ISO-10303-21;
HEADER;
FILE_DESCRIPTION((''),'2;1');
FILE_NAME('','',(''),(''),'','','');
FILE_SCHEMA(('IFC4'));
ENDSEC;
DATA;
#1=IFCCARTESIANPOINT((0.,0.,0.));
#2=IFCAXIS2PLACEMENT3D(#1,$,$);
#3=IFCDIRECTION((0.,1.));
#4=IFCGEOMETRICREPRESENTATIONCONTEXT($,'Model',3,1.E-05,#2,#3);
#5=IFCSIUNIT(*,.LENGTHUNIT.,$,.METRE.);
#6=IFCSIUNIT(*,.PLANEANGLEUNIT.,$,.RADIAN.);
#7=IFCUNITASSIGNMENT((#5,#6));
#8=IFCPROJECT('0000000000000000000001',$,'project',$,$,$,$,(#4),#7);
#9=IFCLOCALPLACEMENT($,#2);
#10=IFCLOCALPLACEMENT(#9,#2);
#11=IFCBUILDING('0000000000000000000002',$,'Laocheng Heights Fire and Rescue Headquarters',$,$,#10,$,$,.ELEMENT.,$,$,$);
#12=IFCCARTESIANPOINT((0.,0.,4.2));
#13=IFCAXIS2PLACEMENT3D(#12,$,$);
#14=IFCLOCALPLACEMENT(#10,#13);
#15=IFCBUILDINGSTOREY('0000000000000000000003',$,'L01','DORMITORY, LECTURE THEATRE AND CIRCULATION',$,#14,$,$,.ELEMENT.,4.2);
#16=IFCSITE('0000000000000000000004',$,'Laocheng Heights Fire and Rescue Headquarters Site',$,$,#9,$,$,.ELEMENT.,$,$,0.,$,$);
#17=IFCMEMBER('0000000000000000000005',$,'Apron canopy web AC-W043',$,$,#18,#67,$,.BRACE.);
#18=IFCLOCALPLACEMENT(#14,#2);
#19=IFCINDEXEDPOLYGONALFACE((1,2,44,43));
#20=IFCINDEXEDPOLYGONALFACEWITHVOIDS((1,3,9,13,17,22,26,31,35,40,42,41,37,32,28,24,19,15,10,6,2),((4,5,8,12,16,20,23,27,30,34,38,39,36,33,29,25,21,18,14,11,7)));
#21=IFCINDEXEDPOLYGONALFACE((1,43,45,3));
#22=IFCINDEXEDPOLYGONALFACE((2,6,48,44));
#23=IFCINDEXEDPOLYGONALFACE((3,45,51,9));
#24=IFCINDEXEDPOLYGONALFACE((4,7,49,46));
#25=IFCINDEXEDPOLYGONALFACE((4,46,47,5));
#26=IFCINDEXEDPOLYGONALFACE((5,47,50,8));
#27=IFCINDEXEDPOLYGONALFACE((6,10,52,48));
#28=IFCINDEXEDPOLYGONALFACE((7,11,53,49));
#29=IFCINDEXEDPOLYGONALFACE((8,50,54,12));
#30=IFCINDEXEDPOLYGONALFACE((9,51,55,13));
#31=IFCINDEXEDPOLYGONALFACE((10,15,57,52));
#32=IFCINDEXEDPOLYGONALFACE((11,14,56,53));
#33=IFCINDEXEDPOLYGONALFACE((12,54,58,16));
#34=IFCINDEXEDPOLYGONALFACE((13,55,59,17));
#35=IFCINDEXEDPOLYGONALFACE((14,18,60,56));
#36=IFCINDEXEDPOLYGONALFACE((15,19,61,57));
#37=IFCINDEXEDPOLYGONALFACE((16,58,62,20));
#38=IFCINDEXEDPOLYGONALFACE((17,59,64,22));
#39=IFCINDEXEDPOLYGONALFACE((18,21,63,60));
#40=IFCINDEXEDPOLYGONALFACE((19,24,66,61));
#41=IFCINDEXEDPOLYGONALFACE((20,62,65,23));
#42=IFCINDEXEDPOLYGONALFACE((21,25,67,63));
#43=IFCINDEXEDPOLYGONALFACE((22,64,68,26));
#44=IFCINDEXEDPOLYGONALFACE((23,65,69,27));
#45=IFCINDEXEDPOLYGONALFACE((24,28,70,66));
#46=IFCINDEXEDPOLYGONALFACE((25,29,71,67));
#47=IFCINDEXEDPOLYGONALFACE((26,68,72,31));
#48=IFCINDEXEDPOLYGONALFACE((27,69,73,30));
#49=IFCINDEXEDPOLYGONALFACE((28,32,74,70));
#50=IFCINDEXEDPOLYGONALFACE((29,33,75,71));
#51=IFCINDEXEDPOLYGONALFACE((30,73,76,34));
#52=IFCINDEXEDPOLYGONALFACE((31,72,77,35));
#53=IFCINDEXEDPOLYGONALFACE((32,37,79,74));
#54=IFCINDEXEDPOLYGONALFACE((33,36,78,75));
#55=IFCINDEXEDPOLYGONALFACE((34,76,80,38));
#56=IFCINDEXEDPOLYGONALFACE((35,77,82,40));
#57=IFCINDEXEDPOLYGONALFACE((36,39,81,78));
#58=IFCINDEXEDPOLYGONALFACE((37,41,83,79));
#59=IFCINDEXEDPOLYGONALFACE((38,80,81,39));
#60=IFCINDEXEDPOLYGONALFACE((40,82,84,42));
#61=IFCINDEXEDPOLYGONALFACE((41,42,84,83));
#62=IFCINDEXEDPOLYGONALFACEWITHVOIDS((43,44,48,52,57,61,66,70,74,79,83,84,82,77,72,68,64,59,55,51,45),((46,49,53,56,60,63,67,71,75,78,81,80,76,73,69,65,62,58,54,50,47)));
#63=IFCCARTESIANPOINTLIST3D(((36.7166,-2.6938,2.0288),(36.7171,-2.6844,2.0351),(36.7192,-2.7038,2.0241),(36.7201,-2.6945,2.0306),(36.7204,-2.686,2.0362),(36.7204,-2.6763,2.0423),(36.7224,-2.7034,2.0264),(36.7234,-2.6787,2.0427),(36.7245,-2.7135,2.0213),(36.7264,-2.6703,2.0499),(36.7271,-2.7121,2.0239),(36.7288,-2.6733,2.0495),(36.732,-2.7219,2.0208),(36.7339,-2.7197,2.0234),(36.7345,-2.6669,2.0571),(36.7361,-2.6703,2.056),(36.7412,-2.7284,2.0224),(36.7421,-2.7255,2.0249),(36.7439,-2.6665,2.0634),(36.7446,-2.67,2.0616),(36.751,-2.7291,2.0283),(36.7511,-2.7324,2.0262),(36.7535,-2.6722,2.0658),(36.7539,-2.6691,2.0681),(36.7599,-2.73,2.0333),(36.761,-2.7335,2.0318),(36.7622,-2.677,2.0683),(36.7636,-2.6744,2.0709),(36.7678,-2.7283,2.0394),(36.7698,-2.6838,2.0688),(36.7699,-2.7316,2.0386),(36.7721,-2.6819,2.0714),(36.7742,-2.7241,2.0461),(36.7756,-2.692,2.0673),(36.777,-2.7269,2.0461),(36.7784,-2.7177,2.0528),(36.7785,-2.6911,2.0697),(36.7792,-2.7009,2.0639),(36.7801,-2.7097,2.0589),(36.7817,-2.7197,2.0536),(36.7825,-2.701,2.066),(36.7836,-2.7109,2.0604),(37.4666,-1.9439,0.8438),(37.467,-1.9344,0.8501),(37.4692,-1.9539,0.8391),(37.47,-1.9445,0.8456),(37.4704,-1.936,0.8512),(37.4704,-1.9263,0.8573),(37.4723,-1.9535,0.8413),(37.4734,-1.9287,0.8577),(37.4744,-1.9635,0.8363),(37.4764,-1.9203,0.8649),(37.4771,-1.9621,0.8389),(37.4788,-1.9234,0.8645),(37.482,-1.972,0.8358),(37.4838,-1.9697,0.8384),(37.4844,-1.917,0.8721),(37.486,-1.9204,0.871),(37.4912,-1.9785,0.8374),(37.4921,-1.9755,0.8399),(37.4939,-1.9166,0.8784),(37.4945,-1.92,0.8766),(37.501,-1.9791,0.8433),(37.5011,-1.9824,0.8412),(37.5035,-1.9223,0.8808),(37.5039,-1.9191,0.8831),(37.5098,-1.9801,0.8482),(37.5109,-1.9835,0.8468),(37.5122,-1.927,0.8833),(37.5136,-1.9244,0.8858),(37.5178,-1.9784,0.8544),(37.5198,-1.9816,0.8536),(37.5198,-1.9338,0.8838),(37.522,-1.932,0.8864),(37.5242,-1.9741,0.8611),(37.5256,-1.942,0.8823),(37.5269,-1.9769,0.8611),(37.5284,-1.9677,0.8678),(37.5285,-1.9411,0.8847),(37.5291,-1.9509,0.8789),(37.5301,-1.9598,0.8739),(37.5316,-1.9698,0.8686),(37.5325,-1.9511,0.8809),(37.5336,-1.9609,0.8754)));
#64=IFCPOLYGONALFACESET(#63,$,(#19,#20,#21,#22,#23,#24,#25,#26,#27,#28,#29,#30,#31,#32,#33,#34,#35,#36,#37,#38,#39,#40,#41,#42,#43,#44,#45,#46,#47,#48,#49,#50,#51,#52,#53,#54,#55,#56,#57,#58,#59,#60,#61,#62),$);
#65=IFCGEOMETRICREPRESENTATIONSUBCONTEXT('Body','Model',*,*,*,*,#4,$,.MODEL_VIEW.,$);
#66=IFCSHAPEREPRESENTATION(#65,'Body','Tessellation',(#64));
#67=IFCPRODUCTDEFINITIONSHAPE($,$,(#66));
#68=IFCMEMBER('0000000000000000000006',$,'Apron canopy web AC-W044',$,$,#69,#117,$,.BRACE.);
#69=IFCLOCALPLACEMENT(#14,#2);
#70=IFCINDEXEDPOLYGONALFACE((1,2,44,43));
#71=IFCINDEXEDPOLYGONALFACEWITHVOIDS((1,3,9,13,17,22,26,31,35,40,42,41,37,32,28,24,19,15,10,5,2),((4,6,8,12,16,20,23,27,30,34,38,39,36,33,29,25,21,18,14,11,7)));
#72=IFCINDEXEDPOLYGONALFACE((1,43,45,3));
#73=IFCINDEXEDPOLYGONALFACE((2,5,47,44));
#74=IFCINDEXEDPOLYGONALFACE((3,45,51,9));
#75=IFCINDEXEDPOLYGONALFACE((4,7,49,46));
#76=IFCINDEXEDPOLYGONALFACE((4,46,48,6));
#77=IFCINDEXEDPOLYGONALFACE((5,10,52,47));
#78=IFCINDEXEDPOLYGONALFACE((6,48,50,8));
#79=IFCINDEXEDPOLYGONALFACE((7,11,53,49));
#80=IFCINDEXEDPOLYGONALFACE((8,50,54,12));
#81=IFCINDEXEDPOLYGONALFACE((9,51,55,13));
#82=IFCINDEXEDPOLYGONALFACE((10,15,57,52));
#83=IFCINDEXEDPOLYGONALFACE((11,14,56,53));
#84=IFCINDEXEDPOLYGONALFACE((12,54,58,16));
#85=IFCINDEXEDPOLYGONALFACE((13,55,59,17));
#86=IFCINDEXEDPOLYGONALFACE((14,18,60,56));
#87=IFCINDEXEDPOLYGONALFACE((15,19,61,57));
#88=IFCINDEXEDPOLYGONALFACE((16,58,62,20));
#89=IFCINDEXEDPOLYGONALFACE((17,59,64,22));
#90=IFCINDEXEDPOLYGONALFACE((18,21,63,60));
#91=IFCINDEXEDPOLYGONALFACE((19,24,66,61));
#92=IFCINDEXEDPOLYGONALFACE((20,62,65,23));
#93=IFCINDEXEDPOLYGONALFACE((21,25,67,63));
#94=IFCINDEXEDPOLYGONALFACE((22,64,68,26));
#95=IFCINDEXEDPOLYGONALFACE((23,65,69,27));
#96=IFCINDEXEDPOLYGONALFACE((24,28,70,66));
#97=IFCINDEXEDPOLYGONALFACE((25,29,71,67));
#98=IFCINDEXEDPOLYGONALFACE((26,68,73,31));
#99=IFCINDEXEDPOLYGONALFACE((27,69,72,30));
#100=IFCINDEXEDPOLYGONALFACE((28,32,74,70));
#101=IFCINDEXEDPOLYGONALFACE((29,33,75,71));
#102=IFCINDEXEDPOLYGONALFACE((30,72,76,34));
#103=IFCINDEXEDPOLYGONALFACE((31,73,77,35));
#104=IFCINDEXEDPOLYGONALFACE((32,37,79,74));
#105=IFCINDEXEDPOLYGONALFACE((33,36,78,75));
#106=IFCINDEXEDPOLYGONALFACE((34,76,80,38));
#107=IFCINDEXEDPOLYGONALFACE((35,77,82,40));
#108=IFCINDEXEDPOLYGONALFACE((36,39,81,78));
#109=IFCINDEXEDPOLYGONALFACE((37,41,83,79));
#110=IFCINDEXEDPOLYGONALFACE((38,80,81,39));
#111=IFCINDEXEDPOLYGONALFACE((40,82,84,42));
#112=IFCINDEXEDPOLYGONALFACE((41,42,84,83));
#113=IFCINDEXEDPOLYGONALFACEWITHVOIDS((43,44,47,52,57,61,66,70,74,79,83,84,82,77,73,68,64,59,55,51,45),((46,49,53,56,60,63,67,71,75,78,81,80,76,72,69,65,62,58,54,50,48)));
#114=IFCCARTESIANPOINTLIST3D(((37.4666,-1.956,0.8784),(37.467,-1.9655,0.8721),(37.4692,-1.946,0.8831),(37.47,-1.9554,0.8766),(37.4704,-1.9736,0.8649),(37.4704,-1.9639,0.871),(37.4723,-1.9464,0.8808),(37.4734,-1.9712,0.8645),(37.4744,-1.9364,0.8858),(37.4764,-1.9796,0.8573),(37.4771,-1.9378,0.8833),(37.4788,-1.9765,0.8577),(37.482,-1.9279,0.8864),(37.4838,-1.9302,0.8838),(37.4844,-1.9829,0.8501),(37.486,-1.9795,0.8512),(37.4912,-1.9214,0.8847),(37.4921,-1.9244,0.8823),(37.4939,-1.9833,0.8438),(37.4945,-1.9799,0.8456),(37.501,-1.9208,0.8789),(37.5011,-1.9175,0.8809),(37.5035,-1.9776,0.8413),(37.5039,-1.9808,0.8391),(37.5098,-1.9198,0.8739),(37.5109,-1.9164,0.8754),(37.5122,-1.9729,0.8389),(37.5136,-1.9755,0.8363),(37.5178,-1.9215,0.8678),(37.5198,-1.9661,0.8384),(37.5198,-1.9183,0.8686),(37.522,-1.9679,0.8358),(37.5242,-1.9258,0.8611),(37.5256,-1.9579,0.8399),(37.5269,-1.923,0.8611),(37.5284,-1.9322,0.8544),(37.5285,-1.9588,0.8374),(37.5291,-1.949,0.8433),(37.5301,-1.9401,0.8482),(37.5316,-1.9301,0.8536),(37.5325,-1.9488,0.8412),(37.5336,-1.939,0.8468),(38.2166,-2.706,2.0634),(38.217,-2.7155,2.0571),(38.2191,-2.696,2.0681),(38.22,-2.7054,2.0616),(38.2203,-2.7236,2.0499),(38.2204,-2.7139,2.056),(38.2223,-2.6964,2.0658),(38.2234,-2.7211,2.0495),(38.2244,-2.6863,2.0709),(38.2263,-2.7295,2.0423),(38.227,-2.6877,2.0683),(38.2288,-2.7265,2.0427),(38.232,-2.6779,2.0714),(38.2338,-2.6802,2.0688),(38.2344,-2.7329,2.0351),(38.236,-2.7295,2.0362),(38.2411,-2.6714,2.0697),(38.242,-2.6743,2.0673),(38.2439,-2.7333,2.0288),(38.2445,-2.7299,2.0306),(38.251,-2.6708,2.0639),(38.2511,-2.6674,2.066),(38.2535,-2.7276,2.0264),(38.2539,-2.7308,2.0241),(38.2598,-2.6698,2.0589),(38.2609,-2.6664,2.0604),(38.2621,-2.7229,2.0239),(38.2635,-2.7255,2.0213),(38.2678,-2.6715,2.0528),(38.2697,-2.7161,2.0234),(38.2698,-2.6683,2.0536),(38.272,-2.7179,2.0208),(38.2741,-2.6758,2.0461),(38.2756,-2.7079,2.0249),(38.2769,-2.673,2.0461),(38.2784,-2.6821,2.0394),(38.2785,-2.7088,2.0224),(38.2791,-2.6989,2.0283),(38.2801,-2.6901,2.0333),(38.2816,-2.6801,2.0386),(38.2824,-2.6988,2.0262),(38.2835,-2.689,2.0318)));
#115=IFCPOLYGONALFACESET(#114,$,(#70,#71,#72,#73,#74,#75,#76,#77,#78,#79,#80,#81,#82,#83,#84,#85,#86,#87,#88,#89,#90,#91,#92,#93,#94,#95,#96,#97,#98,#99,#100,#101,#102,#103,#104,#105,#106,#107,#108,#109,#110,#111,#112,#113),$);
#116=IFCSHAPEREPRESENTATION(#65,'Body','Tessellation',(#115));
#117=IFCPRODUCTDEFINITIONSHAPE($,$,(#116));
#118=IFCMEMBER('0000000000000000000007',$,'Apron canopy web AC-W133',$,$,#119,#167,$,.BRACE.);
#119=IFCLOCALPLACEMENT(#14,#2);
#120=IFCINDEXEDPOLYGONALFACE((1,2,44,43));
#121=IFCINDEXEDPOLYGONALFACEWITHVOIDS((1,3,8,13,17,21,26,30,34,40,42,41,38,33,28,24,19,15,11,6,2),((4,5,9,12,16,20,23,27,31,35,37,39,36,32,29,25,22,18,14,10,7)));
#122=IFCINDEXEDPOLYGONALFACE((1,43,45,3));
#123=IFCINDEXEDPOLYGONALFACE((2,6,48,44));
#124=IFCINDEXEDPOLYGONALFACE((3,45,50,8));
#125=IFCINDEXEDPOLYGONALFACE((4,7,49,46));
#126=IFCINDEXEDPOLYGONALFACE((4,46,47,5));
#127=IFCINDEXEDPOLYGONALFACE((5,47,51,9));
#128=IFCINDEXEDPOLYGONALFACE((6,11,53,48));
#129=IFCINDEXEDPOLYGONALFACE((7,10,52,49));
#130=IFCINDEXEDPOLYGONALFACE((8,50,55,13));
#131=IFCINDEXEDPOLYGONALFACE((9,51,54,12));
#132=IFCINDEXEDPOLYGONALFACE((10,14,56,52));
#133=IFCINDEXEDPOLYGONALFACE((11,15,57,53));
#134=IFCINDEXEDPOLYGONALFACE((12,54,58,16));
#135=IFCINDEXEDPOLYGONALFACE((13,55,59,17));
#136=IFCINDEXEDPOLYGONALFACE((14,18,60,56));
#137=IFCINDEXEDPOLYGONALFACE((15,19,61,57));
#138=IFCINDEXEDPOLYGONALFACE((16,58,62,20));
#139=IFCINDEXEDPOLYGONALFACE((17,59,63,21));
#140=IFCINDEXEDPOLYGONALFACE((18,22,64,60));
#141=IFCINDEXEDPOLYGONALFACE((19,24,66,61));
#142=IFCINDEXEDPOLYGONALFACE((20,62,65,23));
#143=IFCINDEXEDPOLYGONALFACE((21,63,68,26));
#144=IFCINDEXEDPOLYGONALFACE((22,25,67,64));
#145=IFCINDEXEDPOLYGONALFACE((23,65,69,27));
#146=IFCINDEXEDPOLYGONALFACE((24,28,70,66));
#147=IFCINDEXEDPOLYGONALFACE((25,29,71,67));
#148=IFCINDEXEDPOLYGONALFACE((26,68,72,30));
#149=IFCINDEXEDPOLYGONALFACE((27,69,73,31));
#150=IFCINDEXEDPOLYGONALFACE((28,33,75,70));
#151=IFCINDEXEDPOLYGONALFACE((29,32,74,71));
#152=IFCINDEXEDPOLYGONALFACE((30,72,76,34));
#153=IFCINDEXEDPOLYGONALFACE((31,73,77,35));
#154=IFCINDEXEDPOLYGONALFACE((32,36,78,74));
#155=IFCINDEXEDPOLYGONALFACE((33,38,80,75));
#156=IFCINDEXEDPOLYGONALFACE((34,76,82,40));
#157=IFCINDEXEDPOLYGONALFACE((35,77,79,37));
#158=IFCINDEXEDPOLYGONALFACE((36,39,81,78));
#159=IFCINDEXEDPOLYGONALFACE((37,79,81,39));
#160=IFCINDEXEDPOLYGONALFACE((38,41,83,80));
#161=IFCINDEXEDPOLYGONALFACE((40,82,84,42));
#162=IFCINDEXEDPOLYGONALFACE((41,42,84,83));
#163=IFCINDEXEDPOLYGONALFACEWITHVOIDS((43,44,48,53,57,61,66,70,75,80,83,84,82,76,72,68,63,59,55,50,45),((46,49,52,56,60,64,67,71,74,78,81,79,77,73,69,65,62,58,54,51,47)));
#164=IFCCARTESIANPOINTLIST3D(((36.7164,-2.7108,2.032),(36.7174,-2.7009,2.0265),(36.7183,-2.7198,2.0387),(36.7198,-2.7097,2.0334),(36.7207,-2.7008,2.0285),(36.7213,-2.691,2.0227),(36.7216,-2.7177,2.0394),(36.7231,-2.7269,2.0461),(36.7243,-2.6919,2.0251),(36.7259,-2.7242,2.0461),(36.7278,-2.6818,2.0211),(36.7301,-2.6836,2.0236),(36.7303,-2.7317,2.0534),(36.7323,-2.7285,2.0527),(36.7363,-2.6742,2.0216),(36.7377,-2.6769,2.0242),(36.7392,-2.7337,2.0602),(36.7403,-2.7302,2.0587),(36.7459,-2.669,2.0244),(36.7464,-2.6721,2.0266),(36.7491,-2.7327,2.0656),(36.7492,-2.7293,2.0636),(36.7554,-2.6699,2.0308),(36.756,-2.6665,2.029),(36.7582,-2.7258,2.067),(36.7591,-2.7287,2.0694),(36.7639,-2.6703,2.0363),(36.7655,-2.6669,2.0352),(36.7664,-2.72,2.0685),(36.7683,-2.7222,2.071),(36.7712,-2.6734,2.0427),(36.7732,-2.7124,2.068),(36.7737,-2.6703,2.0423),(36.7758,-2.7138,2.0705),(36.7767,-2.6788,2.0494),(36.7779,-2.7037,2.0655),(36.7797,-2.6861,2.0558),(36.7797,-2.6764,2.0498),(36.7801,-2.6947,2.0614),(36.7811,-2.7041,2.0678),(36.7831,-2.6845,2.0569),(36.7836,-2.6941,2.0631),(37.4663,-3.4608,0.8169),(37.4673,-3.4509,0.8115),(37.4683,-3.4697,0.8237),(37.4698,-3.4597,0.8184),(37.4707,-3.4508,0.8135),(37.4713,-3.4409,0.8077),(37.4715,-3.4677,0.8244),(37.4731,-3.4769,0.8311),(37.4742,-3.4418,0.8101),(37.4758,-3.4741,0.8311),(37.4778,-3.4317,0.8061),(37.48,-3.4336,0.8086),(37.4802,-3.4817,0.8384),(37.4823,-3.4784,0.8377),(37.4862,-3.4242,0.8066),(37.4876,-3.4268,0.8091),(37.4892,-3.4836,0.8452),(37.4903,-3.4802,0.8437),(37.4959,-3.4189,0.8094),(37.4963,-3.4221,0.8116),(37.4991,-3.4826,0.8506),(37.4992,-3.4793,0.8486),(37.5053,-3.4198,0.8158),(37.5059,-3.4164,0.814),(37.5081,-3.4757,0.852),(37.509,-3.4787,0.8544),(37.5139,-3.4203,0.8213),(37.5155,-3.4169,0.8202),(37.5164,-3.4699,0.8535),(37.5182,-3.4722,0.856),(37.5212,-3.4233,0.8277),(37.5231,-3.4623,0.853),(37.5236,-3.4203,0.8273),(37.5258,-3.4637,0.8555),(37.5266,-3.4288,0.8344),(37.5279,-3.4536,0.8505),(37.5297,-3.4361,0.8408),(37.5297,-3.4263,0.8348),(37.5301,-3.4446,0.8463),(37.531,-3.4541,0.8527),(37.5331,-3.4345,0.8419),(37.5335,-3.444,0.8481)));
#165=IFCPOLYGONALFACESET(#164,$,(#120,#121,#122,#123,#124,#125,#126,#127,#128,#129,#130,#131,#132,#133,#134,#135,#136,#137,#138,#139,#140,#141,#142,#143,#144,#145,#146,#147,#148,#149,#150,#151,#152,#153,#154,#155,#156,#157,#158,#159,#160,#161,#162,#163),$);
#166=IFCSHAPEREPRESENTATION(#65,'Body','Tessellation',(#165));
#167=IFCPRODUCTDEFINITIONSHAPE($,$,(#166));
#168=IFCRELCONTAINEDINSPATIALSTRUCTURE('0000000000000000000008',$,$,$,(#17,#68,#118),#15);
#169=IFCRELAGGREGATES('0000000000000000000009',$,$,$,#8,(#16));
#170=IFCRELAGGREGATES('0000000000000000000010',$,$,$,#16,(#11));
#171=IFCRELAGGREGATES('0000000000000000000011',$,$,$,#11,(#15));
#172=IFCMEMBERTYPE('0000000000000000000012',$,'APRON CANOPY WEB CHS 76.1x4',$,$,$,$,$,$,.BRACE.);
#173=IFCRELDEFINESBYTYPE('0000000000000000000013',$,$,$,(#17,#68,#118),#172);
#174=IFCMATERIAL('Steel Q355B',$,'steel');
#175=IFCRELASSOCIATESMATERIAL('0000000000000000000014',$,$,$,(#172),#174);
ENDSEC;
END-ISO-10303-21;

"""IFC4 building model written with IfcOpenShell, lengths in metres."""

from ifc_helpers import new_model, si_unit, direction, frame, origin, origin_2d, place, context, subcontext, project, spatial, hollow_circle, extrude, material, material_profile, profile_set, type_object, element, save


model = new_model("IFC4")

# Units and contexts
model_context = context("Model", 3, precision=1e-05, world=origin(), true_north=direction((0.0, 1.0)))
body_context = subcontext(model_context, "Body", "Model", "MODEL_VIEW")
ifc_project = project(units=[si_unit("LENGTHUNIT", "METRE"), si_unit("PLANEANGLEUNIT", "RADIAN")], contexts=[model_context])

# Site, building, storey
site_placement = place(None, origin())
site = spatial("IfcSite", under=ifc_project, at=site_placement, Name="Laocheng Heights Fire and Rescue Headquarters Site", CompositionType="ELEMENT", RefElevation=0.0)
building_placement = place(site_placement, origin())
building = spatial("IfcBuilding", under=site, at=building_placement, Name="Laocheng Heights Fire and Rescue Headquarters", CompositionType="ELEMENT")
storey_placement = place(building_placement, frame((0.0, 0.0, 4.2)))
storey = spatial("IfcBuildingStorey", under=building, at=storey_placement, Name="L01", Description="DORMITORY, LECTURE THEATRE AND CIRCULATION", CompositionType="ELEMENT", Elevation=4.2)

# Members
ifc_material_1 = material(Name="Steel Q355B", Category="steel")
ifc_material_profile_1 = material_profile(ifc_material_1, hollow_circle(Radius=0.0381, WallThickness=0.0039, at=origin_2d()), Name="CHS 76.1x4")
ifc_profile_set_1 = profile_set([ifc_material_profile_1], Name="Steel Q355B")
member_type_1 = type_object("IfcMemberType", Name="APRON CANOPY WEB CHS 76.1x4", PredefinedType="BRACE", material=ifc_profile_set_1)
for number, where, z_axis, x_axis, name in (
    (1, (37.5, -1.95, 0.8611), (-0.47158, -0.47158, 0.745134), (0.707107, -0.707107, 0.0), "Apron canopy web AC-W043"),
    (2, (37.5, -1.95, 0.8611), (0.47158, -0.47158, 0.745134), (0.707107, 0.707107, 0.0), "Apron canopy web AC-W044"),
):
    element("IfcMember", number, at=place(storey_placement, frame(where, z_axis=z_axis, x_axis=x_axis)), inside=storey, type_object=member_type_1, Name=name, PredefinedType="BRACE", context=body_context, shape_type="SweptSolid", body=[
        extrude(hollow_circle(Radius=0.0381, WallThickness=0.0039, at=origin_2d()), origin(), (0.0, 0.0, 1.0), 1.5903),
    ])
for number, where, z_axis, x_axis, name in (
    (3, (37.5, -3.45, 0.8311), (-0.465002, 0.465002, 0.753357), (-0.707107, -0.707107, 0.0), "Apron canopy web AC-W133"),
):
    element("IfcMember", number, at=place(storey_placement, frame(where, z_axis=z_axis, x_axis=x_axis)), inside=storey, type_object=member_type_1, Name=name, PredefinedType="BRACE", context=body_context, shape_type="SweptSolid", body=[
        extrude(hollow_circle(Radius=0.0381, WallThickness=0.0039, at=origin_2d()), origin(), (0.0, 0.0, 1.0), 1.6128),
    ])

save(model, "model.ifc")
